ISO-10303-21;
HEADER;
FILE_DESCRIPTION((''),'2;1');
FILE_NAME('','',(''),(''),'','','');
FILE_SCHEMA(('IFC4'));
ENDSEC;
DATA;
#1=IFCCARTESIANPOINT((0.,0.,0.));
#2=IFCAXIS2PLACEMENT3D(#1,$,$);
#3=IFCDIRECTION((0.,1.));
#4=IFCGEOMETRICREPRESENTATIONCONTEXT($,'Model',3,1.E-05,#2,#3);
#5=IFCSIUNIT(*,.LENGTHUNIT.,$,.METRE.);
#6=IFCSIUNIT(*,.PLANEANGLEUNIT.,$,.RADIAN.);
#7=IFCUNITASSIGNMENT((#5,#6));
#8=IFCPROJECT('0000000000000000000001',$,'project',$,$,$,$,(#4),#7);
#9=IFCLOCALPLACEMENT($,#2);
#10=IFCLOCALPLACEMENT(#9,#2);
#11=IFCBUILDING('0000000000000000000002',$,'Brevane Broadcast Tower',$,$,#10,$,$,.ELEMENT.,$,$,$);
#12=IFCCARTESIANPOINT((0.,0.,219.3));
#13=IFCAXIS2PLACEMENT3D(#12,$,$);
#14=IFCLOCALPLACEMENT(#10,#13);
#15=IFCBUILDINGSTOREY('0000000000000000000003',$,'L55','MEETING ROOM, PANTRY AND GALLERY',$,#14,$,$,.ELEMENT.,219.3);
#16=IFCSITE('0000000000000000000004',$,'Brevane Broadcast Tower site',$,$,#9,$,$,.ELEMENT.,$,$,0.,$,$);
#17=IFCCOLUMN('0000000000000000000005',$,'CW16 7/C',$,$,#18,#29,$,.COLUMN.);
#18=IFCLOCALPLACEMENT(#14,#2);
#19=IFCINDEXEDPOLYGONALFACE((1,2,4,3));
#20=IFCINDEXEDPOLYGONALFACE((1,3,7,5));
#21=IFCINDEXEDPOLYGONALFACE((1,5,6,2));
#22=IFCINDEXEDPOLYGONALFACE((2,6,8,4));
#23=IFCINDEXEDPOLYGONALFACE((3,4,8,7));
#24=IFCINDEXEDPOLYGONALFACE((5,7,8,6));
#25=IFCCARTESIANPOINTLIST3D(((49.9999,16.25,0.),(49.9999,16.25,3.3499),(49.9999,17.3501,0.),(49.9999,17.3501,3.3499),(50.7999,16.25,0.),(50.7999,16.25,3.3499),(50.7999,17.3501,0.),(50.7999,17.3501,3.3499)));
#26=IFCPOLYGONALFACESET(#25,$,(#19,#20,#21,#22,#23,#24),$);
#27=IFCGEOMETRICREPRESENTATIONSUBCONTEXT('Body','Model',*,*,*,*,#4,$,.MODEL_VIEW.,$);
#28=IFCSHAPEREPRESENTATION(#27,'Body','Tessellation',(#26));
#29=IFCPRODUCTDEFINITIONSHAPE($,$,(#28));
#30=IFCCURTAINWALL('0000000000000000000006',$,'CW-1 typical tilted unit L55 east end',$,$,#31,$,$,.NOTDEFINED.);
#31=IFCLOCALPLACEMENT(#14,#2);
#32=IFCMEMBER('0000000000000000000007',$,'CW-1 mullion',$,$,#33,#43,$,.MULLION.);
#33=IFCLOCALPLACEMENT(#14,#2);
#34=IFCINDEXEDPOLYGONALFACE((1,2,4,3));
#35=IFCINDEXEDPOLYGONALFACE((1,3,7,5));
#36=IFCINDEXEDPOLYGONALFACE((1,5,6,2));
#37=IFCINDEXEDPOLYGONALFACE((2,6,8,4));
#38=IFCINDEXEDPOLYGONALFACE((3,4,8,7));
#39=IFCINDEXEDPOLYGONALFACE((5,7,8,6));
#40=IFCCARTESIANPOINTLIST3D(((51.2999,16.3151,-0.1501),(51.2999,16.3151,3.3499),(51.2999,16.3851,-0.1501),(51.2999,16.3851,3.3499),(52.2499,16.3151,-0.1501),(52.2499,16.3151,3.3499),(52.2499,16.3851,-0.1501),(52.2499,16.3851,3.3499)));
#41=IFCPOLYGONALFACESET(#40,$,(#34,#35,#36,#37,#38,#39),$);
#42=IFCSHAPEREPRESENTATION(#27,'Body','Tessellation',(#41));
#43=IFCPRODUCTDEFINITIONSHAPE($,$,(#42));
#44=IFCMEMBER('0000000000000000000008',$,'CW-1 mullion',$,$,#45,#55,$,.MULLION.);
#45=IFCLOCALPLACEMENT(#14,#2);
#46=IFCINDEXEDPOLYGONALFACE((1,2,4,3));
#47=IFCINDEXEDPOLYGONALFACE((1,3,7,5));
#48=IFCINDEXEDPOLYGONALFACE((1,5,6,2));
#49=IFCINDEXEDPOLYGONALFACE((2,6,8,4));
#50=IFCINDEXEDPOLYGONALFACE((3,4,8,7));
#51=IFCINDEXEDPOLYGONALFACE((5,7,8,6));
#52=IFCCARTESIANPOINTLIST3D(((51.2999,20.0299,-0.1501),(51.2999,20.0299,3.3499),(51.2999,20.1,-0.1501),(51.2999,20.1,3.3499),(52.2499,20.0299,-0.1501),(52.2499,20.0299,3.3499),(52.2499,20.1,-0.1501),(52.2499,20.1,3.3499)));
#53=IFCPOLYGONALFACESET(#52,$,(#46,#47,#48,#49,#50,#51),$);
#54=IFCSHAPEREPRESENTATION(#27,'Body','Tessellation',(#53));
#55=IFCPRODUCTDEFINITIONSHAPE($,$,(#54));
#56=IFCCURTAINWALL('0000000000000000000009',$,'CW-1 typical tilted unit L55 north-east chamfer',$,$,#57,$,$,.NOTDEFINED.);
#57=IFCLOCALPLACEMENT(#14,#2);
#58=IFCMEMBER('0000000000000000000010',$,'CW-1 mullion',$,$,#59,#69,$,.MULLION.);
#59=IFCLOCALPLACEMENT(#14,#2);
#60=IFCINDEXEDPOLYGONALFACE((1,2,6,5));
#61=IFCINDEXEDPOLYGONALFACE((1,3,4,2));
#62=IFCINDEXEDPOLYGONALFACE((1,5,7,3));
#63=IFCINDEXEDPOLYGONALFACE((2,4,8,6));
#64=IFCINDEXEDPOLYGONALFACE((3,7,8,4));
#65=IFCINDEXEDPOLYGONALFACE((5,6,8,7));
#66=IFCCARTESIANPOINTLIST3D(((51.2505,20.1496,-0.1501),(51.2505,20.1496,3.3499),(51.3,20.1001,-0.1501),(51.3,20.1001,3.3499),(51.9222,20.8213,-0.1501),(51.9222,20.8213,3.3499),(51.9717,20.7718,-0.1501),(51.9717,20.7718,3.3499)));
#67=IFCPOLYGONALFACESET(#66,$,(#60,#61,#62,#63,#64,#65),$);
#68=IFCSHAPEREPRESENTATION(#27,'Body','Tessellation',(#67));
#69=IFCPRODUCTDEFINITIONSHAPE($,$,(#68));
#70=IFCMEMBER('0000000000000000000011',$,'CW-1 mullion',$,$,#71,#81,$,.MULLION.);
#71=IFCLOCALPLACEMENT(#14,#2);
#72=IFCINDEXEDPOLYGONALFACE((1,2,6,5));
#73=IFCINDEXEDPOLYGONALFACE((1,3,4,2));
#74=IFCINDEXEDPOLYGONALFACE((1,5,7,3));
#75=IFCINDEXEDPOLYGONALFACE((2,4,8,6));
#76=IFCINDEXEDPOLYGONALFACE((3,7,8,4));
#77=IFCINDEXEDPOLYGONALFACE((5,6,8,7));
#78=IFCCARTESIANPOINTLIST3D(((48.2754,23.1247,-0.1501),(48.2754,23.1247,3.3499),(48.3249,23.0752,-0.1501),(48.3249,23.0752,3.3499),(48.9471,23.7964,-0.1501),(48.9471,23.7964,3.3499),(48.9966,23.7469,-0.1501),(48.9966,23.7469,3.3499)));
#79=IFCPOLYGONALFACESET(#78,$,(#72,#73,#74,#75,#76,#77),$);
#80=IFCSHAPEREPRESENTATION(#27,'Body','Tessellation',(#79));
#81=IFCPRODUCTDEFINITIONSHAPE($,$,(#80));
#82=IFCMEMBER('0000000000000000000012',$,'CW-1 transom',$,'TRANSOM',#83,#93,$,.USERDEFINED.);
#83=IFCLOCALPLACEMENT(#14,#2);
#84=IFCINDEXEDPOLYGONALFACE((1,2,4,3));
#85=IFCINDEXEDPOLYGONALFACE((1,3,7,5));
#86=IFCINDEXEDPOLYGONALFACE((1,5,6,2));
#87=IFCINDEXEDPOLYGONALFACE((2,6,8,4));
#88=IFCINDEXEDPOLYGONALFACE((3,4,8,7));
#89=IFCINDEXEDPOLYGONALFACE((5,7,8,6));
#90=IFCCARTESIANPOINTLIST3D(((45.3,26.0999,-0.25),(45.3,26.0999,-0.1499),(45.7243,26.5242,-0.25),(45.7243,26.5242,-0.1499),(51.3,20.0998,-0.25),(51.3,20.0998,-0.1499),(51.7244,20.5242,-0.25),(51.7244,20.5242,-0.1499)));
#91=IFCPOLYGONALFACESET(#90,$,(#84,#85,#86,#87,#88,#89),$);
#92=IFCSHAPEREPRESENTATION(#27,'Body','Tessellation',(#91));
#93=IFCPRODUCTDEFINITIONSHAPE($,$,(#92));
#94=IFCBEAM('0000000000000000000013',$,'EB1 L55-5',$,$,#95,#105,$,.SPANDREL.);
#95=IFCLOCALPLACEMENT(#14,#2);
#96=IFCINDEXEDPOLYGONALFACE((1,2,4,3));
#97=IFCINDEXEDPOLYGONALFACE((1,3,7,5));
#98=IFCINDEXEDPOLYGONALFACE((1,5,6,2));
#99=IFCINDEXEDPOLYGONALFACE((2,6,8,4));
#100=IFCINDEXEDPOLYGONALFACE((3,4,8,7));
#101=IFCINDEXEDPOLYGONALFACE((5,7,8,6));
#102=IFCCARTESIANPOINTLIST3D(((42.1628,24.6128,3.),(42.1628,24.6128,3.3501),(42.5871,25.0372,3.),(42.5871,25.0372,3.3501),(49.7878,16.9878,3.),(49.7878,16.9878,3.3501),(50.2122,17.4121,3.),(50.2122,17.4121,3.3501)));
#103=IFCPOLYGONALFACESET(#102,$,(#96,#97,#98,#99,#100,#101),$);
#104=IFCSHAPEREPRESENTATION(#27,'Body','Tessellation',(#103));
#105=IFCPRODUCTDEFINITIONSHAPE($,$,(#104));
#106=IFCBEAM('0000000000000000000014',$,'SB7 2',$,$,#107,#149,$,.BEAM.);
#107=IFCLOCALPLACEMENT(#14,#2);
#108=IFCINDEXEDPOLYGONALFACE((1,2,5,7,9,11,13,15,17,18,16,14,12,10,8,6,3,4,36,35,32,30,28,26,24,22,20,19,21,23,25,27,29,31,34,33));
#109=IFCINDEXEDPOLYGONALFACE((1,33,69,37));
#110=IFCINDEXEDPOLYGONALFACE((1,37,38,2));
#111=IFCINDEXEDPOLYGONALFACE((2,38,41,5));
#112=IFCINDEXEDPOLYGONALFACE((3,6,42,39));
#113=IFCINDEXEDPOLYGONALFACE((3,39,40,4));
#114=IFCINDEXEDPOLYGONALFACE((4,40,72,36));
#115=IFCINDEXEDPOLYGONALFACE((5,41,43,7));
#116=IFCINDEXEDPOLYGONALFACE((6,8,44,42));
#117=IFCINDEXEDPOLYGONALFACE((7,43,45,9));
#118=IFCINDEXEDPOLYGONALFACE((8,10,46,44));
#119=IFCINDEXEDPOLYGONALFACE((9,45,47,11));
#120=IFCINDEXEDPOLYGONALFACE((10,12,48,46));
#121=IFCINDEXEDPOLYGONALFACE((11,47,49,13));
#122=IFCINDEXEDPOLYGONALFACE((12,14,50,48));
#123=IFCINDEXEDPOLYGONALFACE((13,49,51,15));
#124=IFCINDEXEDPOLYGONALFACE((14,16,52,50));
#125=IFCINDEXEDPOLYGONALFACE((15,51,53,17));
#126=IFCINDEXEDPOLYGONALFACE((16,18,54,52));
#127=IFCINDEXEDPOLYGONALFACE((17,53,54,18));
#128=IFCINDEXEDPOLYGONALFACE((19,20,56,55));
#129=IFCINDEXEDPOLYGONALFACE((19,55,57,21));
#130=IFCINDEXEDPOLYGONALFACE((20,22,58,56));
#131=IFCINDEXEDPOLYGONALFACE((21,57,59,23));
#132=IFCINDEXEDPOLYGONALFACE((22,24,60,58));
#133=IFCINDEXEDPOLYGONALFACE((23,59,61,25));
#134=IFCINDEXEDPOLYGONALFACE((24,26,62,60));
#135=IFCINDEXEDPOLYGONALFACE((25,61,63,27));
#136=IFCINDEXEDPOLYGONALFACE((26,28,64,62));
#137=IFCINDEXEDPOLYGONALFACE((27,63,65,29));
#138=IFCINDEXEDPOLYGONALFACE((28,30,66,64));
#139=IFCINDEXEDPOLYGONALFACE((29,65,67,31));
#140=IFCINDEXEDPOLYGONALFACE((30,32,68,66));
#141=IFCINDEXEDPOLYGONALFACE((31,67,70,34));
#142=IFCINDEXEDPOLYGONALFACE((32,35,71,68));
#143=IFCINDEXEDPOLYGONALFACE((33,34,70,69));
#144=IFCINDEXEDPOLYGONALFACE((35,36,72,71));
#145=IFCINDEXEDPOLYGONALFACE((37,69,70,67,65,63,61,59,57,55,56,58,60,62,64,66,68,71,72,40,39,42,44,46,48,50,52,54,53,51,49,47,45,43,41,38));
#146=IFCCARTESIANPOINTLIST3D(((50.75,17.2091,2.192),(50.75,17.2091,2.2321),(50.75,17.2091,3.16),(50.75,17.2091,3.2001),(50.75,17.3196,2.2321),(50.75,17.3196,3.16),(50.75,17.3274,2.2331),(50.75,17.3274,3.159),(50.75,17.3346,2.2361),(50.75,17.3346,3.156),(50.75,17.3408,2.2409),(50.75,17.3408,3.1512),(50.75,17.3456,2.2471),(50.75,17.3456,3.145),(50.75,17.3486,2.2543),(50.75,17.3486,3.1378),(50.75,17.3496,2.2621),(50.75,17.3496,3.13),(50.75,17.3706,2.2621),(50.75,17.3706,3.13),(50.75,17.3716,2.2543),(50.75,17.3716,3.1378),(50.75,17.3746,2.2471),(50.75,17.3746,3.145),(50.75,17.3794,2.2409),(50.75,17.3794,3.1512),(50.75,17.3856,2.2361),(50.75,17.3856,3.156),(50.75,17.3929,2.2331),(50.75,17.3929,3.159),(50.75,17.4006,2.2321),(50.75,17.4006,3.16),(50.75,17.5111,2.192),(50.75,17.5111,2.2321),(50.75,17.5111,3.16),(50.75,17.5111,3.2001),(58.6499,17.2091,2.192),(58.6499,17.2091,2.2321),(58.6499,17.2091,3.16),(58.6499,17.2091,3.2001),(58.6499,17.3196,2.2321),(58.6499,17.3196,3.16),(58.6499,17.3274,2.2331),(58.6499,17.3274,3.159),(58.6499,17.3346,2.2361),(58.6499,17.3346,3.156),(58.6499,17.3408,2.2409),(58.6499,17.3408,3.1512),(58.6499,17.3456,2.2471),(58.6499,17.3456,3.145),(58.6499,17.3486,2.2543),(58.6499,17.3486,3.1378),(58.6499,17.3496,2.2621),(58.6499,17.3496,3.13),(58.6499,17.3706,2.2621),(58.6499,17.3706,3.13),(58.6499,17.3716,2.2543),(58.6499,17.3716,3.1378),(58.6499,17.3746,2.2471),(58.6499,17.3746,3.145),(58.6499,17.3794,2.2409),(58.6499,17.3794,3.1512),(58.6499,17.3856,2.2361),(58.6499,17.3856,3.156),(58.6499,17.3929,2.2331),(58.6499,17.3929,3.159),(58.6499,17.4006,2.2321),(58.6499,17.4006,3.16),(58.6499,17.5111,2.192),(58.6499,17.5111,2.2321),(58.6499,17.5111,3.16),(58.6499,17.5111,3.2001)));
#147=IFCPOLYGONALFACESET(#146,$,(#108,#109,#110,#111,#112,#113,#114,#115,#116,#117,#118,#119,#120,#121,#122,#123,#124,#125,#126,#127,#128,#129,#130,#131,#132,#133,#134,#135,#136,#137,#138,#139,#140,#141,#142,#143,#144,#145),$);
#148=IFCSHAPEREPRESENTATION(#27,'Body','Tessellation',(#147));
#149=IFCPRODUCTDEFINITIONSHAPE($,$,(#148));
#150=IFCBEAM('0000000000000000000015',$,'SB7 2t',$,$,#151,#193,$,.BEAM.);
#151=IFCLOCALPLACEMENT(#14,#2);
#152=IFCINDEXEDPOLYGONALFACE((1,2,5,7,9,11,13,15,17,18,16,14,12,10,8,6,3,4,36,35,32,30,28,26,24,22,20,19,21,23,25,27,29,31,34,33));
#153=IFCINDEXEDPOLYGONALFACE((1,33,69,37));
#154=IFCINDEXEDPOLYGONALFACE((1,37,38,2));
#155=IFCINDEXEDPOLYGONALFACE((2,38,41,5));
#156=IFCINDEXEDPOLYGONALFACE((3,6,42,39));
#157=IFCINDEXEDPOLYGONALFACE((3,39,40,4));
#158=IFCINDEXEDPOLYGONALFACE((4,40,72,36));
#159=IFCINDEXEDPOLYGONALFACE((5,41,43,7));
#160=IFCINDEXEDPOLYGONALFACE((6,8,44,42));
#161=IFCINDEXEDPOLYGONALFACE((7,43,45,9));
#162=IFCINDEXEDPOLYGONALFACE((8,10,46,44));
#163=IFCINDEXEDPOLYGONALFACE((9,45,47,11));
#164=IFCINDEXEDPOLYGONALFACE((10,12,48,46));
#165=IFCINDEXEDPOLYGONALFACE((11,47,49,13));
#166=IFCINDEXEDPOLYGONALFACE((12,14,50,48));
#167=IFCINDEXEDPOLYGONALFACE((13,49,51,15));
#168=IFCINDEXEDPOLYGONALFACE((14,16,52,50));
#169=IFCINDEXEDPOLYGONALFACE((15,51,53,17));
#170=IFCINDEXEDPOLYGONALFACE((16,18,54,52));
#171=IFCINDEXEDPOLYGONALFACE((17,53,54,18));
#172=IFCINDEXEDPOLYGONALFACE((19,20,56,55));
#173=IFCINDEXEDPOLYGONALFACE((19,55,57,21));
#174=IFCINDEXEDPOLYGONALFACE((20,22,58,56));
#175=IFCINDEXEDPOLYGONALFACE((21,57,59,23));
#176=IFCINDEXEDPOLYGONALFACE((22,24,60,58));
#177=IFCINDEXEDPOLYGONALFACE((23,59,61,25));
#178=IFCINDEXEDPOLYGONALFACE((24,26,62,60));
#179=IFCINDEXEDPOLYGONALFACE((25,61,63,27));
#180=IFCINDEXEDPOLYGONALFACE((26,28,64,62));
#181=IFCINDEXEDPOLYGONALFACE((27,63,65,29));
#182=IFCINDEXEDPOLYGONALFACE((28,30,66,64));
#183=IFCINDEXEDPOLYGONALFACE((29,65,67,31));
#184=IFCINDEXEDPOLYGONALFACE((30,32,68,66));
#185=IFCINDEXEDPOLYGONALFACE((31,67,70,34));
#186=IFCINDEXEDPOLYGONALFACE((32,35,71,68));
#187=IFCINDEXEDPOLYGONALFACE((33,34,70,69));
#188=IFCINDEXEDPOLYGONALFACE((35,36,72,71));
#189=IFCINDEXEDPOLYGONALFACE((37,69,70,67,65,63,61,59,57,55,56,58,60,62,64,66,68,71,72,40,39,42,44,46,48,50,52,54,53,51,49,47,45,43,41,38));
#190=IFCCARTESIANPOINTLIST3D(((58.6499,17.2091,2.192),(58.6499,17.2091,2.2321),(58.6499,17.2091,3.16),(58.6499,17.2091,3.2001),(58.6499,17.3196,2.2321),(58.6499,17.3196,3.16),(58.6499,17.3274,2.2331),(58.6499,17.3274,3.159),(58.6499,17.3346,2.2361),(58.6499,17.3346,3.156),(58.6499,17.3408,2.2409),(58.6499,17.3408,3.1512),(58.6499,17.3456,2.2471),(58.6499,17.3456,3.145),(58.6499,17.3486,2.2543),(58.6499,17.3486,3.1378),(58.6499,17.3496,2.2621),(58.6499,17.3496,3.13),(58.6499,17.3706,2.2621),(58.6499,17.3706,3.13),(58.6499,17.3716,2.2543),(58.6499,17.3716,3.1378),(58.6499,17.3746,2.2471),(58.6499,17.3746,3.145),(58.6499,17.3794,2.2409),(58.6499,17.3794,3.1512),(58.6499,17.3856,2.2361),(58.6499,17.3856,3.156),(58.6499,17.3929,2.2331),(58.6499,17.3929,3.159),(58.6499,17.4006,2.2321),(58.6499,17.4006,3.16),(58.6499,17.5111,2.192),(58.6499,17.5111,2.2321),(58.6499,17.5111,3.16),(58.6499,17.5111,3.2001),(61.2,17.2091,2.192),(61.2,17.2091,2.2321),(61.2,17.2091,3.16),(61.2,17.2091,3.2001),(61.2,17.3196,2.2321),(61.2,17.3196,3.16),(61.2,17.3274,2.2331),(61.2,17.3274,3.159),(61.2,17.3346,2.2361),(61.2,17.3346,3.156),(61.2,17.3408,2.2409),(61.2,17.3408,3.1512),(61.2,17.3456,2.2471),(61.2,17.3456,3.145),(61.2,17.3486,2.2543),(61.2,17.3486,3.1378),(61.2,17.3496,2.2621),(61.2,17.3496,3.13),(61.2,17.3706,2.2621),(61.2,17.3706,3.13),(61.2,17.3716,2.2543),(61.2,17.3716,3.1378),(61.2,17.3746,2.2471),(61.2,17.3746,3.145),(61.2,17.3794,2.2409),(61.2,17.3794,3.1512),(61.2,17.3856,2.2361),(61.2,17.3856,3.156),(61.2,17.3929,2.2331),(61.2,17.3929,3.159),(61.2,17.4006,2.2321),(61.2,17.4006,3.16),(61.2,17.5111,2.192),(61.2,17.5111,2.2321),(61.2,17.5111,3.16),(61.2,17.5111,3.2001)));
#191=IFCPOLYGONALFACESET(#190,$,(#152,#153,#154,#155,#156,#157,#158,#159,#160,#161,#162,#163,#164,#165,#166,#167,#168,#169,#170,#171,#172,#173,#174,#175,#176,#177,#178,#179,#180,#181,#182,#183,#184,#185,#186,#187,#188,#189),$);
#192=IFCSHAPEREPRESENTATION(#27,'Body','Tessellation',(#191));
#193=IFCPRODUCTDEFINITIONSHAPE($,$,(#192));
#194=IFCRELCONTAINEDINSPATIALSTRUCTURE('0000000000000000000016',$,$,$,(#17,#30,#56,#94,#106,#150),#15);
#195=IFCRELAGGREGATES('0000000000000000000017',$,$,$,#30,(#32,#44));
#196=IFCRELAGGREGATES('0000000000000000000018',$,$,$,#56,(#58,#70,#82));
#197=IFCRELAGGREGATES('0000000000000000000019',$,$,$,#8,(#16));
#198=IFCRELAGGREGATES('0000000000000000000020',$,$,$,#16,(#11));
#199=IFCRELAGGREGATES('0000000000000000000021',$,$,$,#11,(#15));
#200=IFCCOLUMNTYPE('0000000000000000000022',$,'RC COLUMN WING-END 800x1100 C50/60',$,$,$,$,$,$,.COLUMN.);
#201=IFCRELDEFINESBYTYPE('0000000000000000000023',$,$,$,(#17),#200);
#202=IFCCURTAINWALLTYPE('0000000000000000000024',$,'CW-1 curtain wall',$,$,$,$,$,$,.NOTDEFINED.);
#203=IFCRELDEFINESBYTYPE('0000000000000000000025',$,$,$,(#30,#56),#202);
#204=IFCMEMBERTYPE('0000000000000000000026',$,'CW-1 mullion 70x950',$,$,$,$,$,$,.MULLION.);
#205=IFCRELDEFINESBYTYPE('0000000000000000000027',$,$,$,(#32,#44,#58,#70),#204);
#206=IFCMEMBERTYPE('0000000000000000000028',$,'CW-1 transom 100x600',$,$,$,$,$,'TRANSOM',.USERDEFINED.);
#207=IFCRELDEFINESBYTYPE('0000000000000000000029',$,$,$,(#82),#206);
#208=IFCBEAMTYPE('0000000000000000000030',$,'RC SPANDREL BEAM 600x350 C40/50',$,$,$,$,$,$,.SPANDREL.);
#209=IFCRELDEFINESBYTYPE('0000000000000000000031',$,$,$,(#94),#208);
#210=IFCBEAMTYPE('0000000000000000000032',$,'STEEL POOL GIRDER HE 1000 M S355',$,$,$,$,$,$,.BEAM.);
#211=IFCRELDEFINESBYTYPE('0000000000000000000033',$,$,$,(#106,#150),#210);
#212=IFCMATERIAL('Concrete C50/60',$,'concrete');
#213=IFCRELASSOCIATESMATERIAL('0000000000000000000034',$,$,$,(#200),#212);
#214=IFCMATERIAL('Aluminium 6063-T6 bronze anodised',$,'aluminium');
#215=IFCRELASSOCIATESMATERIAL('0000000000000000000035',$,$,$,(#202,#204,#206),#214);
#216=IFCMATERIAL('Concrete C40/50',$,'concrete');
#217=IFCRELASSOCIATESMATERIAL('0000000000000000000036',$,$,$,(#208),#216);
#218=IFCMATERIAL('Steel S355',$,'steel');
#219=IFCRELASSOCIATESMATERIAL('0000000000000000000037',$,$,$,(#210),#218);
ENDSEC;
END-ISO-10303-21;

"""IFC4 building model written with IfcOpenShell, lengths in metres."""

from ifc_helpers import new_model, si_unit, direction, frame, origin, origin_2d, place, context, subcontext, project, spatial, rectangle, i_section, extrude, material, material_profile, profile_set, type_object, element, aggregate, save


model = new_model("IFC4")

# Units and contexts
model_context = context("Model", 3, precision=1e-05, world=origin(), true_north=direction((0.0, 1.0)))
body_context = subcontext(model_context, "Body", "Model", "MODEL_VIEW")
ifc_project = project(units=[si_unit("LENGTHUNIT", "METRE"), si_unit("PLANEANGLEUNIT", "RADIAN")], contexts=[model_context])

# Site, building, storey
site_placement = place(None, origin())
site = spatial("IfcSite", under=ifc_project, at=site_placement, Name="Brevane Broadcast Tower site", CompositionType="ELEMENT", RefElevation=0.0)
building_placement = place(site_placement, origin())
building = spatial("IfcBuilding", under=site, at=building_placement, Name="Brevane Broadcast Tower", CompositionType="ELEMENT")
storey_placement = place(building_placement, frame((0.0, 0.0, 219.3)))
storey = spatial("IfcBuildingStorey", under=building, at=storey_placement, Name="L55", Description="MEETING ROOM, PANTRY AND GALLERY", CompositionType="ELEMENT", Elevation=219.3)

# Column
ifc_material_1 = material(Name="Concrete C50/60", Category="concrete")
ifc_material_profile_1 = material_profile(ifc_material_1, rectangle(XDim=0.8, YDim=1.1001, at=origin_2d()), Name="RC 800x1100")
ifc_profile_set_1 = profile_set([ifc_material_profile_1], Name="Concrete C50/60")
column_type = type_object("IfcColumnType", Name="RC COLUMN WING-END 800x1100 C50/60", PredefinedType="COLUMN", material=ifc_profile_set_1)
column_placement = place(storey_placement, frame((50.3999, 16.8, 0.0), z_axis=(0.0, 0.0, 1.0), x_axis=(1.0, 0.0, 0.0)))
element("IfcColumn", 1, at=column_placement, inside=storey, type_object=column_type, Name="CW16 7/C", PredefinedType="COLUMN", context=body_context, shape_type="SweptSolid", body=[
    extrude(rectangle(XDim=0.8, YDim=1.1001, at=origin_2d()), origin(), (0.0, 0.0, 1.0), 3.3499),
])

# Curtain walls, members
ifc_material_2 = material(Name="Aluminium 6063-T6 bronze anodised", Category="aluminium")
curtain_wall_type = type_object("IfcCurtainWallType", Name="CW-1 curtain wall", PredefinedType="NOTDEFINED", material=ifc_material_2)
curtain_wall_1_placement = place(storey_placement, origin())
curtain_wall_1 = element("IfcCurtainWall", 2, at=curtain_wall_1_placement, inside=storey, type_object=curtain_wall_type, Name="CW-1 typical tilted unit L55 east end", PredefinedType="NOTDEFINED")
ifc_material_profile_2 = material_profile(ifc_material_2, rectangle(XDim=0.95, YDim=0.0701, at=origin_2d()), Name="RECT 70x950")
ifc_profile_set_2 = profile_set([ifc_material_profile_2], Name="Aluminium 6063-T6 bronze anodised")
member_type_1 = type_object("IfcMemberType", Name="CW-1 mullion 70x950", PredefinedType="MULLION", material=ifc_profile_set_2)
member_1_placement = place(storey_placement, frame((51.7749, 16.3501, -0.1501), z_axis=(0.0, 0.0, 1.0), x_axis=(-1.0, 0.0, 0.0)))
member_1 = element("IfcMember", 3, at=member_1_placement, type_object=member_type_1, Name="CW-1 mullion", PredefinedType="MULLION", context=body_context, shape_type="SweptSolid", body=[
    extrude(rectangle(XDim=0.95, YDim=0.0701, at=origin_2d()), origin(), (0.0, 0.0, 1.0), 3.5),
])
member_2_placement = place(storey_placement, frame((51.7749, 20.0649, -0.1501), z_axis=(0.0, 0.0, 1.0), x_axis=(-1.0, 0.0, 0.0)))
member_2 = element("IfcMember", 4, at=member_2_placement, type_object=member_type_1, Name="CW-1 mullion", PredefinedType="MULLION", context=body_context, shape_type="SweptSolid", body=[
    extrude(rectangle(XDim=0.95, YDim=0.0701, at=origin_2d()), origin(), (0.0, 0.0, 1.0), 3.5),
])
aggregate(curtain_wall_1, [member_1, member_2])
curtain_wall_2_placement = place(storey_placement, origin())
curtain_wall_2 = element("IfcCurtainWall", 5, at=curtain_wall_2_placement, inside=storey, type_object=curtain_wall_type, Name="CW-1 typical tilted unit L55 north-east chamfer", PredefinedType="NOTDEFINED")
member_3_placement = place(storey_placement, frame((51.6111, 20.4607, -0.1501), z_axis=(0.0, 0.0, 1.0), x_axis=(-0.707107, -0.707107, 0.0)))
member_3 = element("IfcMember", 6, at=member_3_placement, type_object=member_type_1, Name="CW-1 mullion", PredefinedType="MULLION", context=body_context, shape_type="SweptSolid", body=[
    extrude(rectangle(XDim=0.95, YDim=0.0701, at=origin_2d()), origin(), (0.0, 0.0, 1.0), 3.5),
])
member_4_placement = place(storey_placement, frame((48.636, 23.4358, -0.1501), z_axis=(0.0, 0.0, 1.0), x_axis=(-0.707107, -0.707107, 0.0)))
member_4 = element("IfcMember", 7, at=member_4_placement, type_object=member_type_1, Name="CW-1 mullion", PredefinedType="MULLION", context=body_context, shape_type="SweptSolid", body=[
    extrude(rectangle(XDim=0.95, YDim=0.0701, at=origin_2d()), origin(), (0.0, 0.0, 1.0), 3.5),
])
ifc_material_profile_3 = material_profile(ifc_material_2, rectangle(XDim=0.6001, YDim=0.1001, at=origin_2d()), Name="RECT 100x600")
ifc_profile_set_3 = profile_set([ifc_material_profile_3], Name="Aluminium 6063-T6 bronze anodised")
member_type_2 = type_object("IfcMemberType", Name="CW-1 transom 100x600", ElementType="TRANSOM", PredefinedType="USERDEFINED", material=ifc_profile_set_3)
member_5_placement = place(storey_placement, frame((51.5122, 20.312, -0.2), z_axis=(-0.707107, 0.707107, 0.0), x_axis=(-0.707107, -0.707107, 0.0)))
member_5 = element("IfcMember", 8, at=member_5_placement, type_object=member_type_2, Name="CW-1 transom", ObjectType="TRANSOM", PredefinedType="USERDEFINED", context=body_context, shape_type="SweptSolid", body=[
    extrude(rectangle(XDim=0.6001, YDim=0.1001, at=origin_2d()), origin(), (0.0, 0.0, 1.0), 8.4854),
])
aggregate(curtain_wall_2, [member_3, member_4, member_5])

# Beams
ifc_material_3 = material(Name="Concrete C40/50", Category="concrete")
ifc_material_profile_4 = material_profile(ifc_material_3, rectangle(XDim=0.6001, YDim=0.3501, at=origin_2d()), Name="RC 600x350")
ifc_profile_set_4 = profile_set([ifc_material_profile_4], Name="Concrete C40/50")
beam_type_1 = type_object("IfcBeamType", Name="RC SPANDREL BEAM 600x350 C40/50", PredefinedType="SPANDREL", material=ifc_profile_set_4)
beam_1_placement = place(storey_placement, frame((50.0, 17.2, 3.175), z_axis=(-0.707107, 0.707107, 0.0), x_axis=(-0.707107, -0.707107, 0.0)))
element("IfcBeam", 9, at=beam_1_placement, inside=storey, type_object=beam_type_1, Name="EB1 L55-5", PredefinedType="SPANDREL", context=body_context, shape_type="SweptSolid", body=[
    extrude(rectangle(XDim=0.6001, YDim=0.3501, at=origin_2d()), origin(), (0.0, 0.0, 1.0), 10.7834),
])
ifc_material_4 = material(Name="Steel S355", Category="steel")
ifc_material_profile_5 = material_profile(ifc_material_4, i_section(OverallWidth=0.302, OverallDepth=1.0081, WebThickness=0.021, FlangeThickness=0.04, FilletRadius=0.03, at=origin_2d()), Name="HE 1000 M")
ifc_profile_set_5 = profile_set([ifc_material_profile_5], Name="Steel S355")
beam_type_2 = type_object("IfcBeamType", Name="STEEL POOL GIRDER HE 1000 M S355", PredefinedType="BEAM", material=ifc_profile_set_5)
beam_2_placement = place(storey_placement, frame((50.75, 17.3601, 2.696), z_axis=(1.0, 0.0, 0.0), x_axis=(0.0, 1.0, 0.0)))
element("IfcBeam", 10, at=beam_2_placement, inside=storey, type_object=beam_type_2, Name="SB7 2", PredefinedType="BEAM", context=body_context, shape_type="SweptSolid", body=[
    extrude(i_section(OverallWidth=0.302, OverallDepth=1.0081, WebThickness=0.021, FlangeThickness=0.04, FilletRadius=0.03, at=origin_2d()), origin(), (0.0, 0.0, 1.0), 7.8999),
])
beam_3_placement = place(storey_placement, frame((58.6499, 17.3601, 2.696), z_axis=(1.0, 0.0, 0.0), x_axis=(0.0, 1.0, 0.0)))
element("IfcBeam", 11, at=beam_3_placement, inside=storey, type_object=beam_type_2, Name="SB7 2t", PredefinedType="BEAM", context=body_context, shape_type="SweptSolid", body=[
    extrude(i_section(OverallWidth=0.302, OverallDepth=1.0081, WebThickness=0.021, FlangeThickness=0.04, FilletRadius=0.03, at=origin_2d()), origin(), (0.0, 0.0, 1.0), 2.55),
])

save(model, "model.ifc")
